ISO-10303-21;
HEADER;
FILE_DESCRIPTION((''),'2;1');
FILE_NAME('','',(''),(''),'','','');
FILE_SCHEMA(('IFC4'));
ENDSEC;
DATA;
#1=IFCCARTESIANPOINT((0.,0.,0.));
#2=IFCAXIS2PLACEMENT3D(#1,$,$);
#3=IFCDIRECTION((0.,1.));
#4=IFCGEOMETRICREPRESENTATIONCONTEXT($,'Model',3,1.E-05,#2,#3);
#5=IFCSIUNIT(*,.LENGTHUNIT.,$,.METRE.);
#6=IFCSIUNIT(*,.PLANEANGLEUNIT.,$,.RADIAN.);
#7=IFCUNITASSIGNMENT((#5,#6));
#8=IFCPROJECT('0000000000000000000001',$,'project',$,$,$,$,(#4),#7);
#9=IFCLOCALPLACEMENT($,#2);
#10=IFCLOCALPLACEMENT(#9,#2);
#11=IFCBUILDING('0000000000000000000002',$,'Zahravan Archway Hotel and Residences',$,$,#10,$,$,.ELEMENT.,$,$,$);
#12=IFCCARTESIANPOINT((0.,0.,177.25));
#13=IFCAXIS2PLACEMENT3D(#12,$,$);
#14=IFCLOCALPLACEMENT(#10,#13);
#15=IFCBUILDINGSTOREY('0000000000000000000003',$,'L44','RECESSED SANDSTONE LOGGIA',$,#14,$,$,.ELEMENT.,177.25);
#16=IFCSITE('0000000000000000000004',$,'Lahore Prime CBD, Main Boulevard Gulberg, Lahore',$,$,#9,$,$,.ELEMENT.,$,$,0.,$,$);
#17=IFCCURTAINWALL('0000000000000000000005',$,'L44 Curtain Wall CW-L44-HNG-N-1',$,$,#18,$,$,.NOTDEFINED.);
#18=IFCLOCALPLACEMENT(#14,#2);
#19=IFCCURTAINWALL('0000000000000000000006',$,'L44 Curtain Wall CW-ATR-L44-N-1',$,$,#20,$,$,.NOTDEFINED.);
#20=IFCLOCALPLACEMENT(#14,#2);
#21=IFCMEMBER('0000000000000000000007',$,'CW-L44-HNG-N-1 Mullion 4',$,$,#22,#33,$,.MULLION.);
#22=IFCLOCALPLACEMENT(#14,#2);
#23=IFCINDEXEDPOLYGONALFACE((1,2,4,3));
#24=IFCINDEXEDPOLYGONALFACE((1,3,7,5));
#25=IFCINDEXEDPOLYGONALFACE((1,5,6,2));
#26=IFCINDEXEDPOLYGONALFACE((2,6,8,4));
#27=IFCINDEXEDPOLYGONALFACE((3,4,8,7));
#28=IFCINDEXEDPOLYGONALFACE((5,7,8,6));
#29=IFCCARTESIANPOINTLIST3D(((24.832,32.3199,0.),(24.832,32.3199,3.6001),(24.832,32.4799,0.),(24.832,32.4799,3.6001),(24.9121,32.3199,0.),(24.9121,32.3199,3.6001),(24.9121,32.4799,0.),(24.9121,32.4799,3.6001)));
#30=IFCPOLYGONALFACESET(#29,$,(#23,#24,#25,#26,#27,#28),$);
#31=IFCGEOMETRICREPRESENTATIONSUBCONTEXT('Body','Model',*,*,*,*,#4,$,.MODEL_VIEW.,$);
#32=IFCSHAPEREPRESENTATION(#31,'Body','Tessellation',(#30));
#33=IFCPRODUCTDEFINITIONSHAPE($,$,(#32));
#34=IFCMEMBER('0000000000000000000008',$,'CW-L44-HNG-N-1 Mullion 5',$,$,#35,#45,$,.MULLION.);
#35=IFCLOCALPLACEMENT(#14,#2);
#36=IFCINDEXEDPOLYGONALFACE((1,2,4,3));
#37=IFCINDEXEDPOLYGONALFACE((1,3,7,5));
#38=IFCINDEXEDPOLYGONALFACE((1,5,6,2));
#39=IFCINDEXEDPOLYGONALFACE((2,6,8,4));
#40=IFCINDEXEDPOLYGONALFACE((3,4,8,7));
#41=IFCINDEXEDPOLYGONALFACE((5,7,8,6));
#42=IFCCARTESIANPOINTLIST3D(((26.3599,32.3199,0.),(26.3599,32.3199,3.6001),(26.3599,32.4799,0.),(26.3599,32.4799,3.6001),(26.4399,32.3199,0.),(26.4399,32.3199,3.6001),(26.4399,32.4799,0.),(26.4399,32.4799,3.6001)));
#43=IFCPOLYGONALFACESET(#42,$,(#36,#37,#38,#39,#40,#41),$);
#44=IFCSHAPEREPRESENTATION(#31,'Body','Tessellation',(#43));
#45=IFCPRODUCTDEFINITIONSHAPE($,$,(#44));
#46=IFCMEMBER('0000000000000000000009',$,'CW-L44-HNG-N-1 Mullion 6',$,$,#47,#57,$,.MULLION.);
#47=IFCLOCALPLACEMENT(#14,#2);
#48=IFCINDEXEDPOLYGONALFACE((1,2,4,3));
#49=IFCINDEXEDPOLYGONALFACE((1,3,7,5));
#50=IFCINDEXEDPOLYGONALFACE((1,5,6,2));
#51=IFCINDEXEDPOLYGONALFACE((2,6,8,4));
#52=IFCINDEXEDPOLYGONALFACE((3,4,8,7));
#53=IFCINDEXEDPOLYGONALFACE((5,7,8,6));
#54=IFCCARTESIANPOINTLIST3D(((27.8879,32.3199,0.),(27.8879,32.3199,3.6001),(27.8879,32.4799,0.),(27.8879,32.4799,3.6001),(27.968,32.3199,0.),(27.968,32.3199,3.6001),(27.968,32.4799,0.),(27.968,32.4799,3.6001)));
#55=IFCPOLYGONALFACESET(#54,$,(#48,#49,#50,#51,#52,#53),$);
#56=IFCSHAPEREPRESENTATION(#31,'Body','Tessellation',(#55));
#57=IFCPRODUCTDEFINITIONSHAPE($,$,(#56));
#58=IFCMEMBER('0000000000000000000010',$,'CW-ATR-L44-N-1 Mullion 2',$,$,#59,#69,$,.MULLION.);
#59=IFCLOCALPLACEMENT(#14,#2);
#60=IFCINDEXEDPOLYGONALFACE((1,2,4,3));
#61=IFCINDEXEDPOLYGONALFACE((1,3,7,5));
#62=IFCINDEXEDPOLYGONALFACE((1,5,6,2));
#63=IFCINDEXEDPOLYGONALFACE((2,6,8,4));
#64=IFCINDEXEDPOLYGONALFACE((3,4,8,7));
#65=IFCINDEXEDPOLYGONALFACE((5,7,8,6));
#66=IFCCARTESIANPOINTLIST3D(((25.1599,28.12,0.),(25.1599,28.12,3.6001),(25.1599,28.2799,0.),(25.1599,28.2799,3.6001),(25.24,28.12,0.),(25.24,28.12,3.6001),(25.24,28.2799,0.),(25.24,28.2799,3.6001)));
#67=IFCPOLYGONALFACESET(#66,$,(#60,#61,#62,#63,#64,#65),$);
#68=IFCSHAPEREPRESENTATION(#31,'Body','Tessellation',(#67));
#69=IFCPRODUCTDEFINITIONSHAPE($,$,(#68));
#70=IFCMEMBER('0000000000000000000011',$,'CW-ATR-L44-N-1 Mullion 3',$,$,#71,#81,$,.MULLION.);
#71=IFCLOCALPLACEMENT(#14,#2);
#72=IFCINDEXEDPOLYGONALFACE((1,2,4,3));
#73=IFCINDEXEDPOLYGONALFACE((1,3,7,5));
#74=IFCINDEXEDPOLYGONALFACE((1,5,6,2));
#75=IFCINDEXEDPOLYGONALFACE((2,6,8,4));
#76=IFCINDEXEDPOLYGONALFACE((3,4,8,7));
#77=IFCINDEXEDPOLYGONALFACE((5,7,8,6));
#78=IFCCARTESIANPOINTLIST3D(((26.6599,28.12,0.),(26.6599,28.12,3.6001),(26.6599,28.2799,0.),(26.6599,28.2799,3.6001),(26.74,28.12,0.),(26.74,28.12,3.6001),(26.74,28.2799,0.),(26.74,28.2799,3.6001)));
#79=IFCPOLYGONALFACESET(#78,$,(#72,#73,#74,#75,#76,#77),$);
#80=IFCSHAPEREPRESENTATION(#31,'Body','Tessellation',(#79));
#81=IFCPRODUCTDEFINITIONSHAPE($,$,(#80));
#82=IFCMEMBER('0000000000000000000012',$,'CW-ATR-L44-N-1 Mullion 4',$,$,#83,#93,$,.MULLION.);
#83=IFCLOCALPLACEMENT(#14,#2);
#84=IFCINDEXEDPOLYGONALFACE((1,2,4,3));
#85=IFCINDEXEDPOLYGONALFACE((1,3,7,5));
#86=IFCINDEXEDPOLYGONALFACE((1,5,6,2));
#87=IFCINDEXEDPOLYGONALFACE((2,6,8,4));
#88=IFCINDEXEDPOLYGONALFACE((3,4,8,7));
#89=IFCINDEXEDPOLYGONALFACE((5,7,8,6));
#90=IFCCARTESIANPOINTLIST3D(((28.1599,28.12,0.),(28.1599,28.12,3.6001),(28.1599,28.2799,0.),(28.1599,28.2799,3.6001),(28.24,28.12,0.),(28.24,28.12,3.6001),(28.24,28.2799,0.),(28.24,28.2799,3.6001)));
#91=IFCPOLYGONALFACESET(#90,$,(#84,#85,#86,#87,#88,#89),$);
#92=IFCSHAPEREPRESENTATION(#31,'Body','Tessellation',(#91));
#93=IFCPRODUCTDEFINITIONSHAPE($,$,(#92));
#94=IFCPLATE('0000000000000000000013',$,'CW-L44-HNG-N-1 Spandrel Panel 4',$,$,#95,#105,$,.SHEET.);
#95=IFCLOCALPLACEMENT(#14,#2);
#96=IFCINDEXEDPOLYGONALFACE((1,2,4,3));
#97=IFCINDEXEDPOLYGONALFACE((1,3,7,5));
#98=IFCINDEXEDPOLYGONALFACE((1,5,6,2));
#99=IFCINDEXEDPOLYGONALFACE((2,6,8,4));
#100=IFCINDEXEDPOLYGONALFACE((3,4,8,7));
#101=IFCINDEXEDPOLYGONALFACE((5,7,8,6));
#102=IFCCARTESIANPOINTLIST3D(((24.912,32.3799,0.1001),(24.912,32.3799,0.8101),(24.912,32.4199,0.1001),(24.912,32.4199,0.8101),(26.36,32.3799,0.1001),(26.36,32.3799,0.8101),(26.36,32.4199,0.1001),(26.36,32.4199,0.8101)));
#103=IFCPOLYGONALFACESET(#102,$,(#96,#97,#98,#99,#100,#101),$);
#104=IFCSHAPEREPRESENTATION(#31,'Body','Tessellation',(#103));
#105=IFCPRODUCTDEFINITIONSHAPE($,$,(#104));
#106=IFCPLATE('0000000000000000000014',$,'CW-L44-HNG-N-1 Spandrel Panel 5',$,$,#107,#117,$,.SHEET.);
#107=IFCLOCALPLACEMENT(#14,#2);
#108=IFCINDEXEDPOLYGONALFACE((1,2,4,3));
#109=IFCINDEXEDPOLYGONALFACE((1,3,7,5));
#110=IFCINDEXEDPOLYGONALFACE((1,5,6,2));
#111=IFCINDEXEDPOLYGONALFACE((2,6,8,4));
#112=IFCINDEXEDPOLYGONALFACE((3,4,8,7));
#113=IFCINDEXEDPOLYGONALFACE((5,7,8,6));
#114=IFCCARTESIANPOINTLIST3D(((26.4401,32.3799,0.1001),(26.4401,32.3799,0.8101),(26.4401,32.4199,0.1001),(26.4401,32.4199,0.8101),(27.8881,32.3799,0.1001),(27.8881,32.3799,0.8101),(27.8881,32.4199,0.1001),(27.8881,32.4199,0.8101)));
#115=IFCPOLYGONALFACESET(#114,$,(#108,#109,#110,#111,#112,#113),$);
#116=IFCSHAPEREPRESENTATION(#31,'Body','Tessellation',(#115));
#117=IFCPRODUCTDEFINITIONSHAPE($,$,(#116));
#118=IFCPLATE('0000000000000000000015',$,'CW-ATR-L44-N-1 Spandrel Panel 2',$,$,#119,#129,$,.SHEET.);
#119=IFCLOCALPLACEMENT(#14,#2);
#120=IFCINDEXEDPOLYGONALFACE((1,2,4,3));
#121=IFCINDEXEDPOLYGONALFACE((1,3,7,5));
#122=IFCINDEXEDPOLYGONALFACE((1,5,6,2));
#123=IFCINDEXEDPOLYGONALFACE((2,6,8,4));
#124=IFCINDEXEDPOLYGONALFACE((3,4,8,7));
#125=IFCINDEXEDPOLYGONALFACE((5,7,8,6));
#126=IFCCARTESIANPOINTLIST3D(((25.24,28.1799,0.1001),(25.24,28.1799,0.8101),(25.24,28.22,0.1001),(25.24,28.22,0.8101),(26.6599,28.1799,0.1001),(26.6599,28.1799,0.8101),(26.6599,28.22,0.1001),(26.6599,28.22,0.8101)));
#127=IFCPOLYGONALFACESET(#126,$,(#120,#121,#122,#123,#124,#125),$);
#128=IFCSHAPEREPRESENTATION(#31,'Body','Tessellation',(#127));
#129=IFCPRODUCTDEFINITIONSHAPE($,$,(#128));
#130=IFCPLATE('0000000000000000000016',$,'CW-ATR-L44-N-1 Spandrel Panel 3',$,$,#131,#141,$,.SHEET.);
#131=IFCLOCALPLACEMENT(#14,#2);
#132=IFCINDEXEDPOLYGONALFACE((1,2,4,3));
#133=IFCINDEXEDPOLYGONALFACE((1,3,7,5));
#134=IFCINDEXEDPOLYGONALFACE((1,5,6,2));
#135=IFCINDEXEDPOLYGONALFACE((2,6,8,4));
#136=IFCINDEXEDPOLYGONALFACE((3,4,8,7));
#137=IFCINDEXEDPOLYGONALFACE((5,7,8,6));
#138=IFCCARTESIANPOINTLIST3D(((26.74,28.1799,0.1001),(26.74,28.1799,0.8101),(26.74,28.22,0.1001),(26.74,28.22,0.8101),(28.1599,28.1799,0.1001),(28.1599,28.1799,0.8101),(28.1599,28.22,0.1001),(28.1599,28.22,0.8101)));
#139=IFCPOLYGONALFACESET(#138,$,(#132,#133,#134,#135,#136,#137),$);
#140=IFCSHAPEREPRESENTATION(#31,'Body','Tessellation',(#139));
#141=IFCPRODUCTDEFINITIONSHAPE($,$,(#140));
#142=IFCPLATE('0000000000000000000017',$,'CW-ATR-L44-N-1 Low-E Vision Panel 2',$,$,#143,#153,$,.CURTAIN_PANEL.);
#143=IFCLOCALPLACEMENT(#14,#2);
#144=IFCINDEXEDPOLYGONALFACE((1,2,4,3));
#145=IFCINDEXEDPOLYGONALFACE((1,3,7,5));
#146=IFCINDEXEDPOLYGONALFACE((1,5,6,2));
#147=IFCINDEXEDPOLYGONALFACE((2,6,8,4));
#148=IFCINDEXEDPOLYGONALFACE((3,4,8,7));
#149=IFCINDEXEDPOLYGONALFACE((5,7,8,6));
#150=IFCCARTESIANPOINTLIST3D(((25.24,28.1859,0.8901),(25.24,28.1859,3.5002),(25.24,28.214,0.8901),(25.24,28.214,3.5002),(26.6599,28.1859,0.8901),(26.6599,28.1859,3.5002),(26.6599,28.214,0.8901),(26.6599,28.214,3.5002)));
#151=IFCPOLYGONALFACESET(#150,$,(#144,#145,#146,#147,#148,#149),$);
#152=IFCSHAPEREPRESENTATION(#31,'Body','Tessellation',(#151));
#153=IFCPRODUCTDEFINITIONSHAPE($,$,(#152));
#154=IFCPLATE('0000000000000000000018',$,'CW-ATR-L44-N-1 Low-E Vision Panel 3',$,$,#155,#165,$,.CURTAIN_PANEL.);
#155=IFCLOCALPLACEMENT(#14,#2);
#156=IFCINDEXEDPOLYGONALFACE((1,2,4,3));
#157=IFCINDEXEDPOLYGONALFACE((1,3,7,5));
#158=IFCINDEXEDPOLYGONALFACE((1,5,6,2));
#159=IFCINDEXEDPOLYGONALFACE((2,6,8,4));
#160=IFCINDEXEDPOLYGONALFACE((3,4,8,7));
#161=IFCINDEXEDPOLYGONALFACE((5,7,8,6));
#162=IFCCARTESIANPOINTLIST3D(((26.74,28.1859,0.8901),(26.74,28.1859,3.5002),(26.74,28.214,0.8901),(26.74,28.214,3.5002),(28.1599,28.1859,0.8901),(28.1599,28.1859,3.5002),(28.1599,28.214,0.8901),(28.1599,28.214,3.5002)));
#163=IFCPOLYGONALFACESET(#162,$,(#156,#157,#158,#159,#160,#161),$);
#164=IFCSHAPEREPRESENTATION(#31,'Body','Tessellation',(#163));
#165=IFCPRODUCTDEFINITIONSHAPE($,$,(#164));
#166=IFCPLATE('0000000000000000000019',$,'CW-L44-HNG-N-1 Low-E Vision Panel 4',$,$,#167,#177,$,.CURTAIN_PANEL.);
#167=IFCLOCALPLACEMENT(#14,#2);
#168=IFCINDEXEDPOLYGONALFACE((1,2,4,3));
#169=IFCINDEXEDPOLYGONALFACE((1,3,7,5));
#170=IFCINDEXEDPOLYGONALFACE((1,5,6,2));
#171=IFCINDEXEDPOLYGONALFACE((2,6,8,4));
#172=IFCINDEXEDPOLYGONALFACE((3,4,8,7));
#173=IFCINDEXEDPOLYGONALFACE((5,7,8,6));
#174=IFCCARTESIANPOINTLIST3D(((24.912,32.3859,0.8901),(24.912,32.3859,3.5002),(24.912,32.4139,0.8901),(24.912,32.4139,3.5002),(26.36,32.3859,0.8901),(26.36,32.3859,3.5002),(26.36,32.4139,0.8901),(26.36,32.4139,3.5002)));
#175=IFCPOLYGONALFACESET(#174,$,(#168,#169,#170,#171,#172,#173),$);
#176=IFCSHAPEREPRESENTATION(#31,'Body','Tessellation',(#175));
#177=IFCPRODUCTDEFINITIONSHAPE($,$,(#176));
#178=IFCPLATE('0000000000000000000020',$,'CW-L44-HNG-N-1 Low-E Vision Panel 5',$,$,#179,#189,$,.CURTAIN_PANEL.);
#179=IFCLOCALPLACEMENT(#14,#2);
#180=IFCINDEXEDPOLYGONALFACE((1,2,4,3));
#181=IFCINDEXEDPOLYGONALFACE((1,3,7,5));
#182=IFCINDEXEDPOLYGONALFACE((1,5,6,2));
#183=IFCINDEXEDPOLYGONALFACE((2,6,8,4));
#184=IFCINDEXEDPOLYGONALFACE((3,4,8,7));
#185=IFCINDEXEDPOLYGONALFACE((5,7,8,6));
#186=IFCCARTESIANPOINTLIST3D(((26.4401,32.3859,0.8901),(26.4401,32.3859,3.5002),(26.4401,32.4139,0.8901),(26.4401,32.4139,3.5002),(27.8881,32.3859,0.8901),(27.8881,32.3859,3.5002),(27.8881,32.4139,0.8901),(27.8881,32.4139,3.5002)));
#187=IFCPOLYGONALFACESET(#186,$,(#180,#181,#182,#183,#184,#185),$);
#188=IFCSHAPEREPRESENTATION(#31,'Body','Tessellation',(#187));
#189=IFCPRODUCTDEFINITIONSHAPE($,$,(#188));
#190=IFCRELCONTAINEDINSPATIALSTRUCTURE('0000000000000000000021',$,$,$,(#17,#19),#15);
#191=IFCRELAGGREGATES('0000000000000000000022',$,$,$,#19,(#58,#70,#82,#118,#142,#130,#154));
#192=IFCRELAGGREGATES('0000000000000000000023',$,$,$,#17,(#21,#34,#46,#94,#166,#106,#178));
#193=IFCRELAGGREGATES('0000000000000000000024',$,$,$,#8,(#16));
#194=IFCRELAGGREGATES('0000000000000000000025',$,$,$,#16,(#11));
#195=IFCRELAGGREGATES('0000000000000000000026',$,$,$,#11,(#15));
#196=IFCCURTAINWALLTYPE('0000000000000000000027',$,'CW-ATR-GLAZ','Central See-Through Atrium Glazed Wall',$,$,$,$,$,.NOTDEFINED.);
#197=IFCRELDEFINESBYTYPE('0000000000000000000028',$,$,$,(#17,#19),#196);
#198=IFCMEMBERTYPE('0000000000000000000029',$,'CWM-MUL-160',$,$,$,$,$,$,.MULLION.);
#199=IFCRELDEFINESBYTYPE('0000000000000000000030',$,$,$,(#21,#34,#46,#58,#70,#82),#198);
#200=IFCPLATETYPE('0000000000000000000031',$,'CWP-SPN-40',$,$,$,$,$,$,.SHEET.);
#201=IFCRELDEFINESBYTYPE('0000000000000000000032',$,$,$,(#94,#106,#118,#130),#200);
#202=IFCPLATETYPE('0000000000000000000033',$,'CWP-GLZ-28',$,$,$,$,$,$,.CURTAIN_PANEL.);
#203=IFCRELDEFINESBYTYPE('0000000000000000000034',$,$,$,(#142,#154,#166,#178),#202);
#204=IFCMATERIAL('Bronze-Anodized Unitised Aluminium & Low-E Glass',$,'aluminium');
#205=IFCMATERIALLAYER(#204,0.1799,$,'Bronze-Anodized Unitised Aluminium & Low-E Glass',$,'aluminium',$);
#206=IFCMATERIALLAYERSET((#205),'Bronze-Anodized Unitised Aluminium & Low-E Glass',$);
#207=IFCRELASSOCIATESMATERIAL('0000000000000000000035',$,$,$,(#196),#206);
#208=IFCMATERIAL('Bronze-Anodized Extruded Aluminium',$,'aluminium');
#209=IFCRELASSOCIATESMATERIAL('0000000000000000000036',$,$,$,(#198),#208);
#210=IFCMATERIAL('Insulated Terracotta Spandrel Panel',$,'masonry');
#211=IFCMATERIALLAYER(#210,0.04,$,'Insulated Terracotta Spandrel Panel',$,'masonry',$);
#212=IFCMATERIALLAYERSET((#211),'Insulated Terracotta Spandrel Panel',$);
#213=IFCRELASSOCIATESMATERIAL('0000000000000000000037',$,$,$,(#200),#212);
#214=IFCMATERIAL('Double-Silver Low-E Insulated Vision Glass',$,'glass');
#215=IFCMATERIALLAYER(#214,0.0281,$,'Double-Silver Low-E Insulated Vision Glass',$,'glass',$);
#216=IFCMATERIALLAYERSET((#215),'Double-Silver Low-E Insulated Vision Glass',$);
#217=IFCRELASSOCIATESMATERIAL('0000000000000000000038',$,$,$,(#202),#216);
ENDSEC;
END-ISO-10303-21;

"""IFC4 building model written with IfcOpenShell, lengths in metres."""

from ifc_helpers import new_model, si_unit, direction, frame, origin, origin_2d, place, context, subcontext, project, spatial, rectangle, extrude, source, transform, mapped, material, layer, layer_set, material_profile, profile_set, type_object, element, aggregate, save


model = new_model("IFC4")

# Units and contexts
model_context = context("Model", 3, precision=1e-05, world=origin(), true_north=direction((0.0, 1.0)))
body_context = subcontext(model_context, "Body", "Model", "MODEL_VIEW")
ifc_project = project(units=[si_unit("LENGTHUNIT", "METRE"), si_unit("PLANEANGLEUNIT", "RADIAN")], contexts=[model_context])

# Site, building, storey
site_placement = place(None, origin())
site = spatial("IfcSite", under=ifc_project, at=site_placement, Name="Lahore Prime CBD, Main Boulevard Gulberg, Lahore", CompositionType="ELEMENT", RefElevation=0.0)
building_placement = place(site_placement, origin())
building = spatial("IfcBuilding", under=site, at=building_placement, Name="Zahravan Archway Hotel and Residences", CompositionType="ELEMENT")
storey_placement = place(building_placement, frame((0.0, 0.0, 177.25)))
storey = spatial("IfcBuildingStorey", under=building, at=storey_placement, Name="L44", Description="RECESSED SANDSTONE LOGGIA", CompositionType="ELEMENT", Elevation=177.25)

# Curtain walls
ifc_material_1 = material(Name="Bronze-Anodized Unitised Aluminium & Low-E Glass", Category="aluminium")
ifc_layer_1 = layer(ifc_material_1, 0.1799, Name="Bronze-Anodized Unitised Aluminium & Low-E Glass", Category="aluminium")
ifc_layer_set_1 = layer_set([ifc_layer_1], Name="Bronze-Anodized Unitised Aluminium & Low-E Glass")
curtain_wall_type = type_object("IfcCurtainWallType", Name="CW-ATR-GLAZ", Description="Central See-Through Atrium Glazed Wall", PredefinedType="NOTDEFINED", material=ifc_layer_set_1)
curtain_wall_1_placement = place(storey_placement, origin())
curtain_wall_1 = element("IfcCurtainWall", 1, at=curtain_wall_1_placement, inside=storey, type_object=curtain_wall_type, Name="L44 Curtain Wall CW-L44-HNG-N-1", PredefinedType="NOTDEFINED")
ifc_material_2 = material(Name="Bronze-Anodized Extruded Aluminium", Category="aluminium")
curtain_wall_2_placement = place(storey_placement, origin())
curtain_wall_2 = element("IfcCurtainWall", 2, at=curtain_wall_2_placement, inside=storey, type_object=curtain_wall_type, Name="L44 Curtain Wall CW-ATR-L44-N-1", PredefinedType="NOTDEFINED")

# Members
ifc_material_profile_1 = material_profile(ifc_material_2, rectangle(XDim=0.0801, YDim=0.1599, at=origin_2d()), Name="MUL 80x160", Category="aluminium")
ifc_profile_set_1 = profile_set([ifc_material_profile_1], Name="Bronze-Anodized Extruded Aluminium")
member_type_1 = type_object("IfcMemberType", Name="CWM-MUL-160", PredefinedType="MULLION", material=ifc_profile_set_1)
shared_shape_1 = source(origin(), body_context, "Body", "SweptSolid", [
    extrude(rectangle(XDim=0.0801, YDim=0.1599, at=origin_2d()), origin(), (0.0, 0.0, 1.0), 3.6001),
])
member_1_placement = place(storey_placement, frame((24.8721, 32.3999, 0.0), z_axis=(0.0, 0.0, 1.0), x_axis=(1.0, 0.0, 0.0)))
member_1 = element("IfcMember", 3, at=member_1_placement, type_object=member_type_1, Name="CW-L44-HNG-N-1 Mullion 4", PredefinedType="MULLION", context=body_context, shape_type="MappedRepresentation", body=[
    mapped(shared_shape_1, transform((0.0, 0.0, 0.0), scale=1.0)),
])
member_2_placement = place(storey_placement, frame((26.3999, 32.3999, 0.0), z_axis=(0.0, 0.0, 1.0), x_axis=(1.0, 0.0, 0.0)))
member_2 = element("IfcMember", 4, at=member_2_placement, type_object=member_type_1, Name="CW-L44-HNG-N-1 Mullion 5", PredefinedType="MULLION", context=body_context, shape_type="MappedRepresentation", body=[
    mapped(shared_shape_1, transform((0.0, 0.0, 0.0), scale=1.0)),
])
member_3_placement = place(storey_placement, frame((27.928, 32.3999, 0.0), z_axis=(0.0, 0.0, 1.0), x_axis=(1.0, 0.0, 0.0)))
member_3 = element("IfcMember", 5, at=member_3_placement, type_object=member_type_1, Name="CW-L44-HNG-N-1 Mullion 6", PredefinedType="MULLION", context=body_context, shape_type="MappedRepresentation", body=[
    mapped(shared_shape_1, transform((0.0, 0.0, 0.0), scale=1.0)),
])
member_4_placement = place(storey_placement, frame((25.2, 28.2, 0.0), z_axis=(0.0, 0.0, 1.0), x_axis=(1.0, 0.0, 0.0)))
member_4 = element("IfcMember", 6, at=member_4_placement, type_object=member_type_1, Name="CW-ATR-L44-N-1 Mullion 2", PredefinedType="MULLION", context=body_context, shape_type="MappedRepresentation", body=[
    mapped(shared_shape_1, transform((0.0, 0.0, 0.0), scale=1.0)),
])
member_5_placement = place(storey_placement, frame((26.7, 28.2, 0.0), z_axis=(0.0, 0.0, 1.0), x_axis=(1.0, 0.0, 0.0)))
member_5 = element("IfcMember", 7, at=member_5_placement, type_object=member_type_1, Name="CW-ATR-L44-N-1 Mullion 3", PredefinedType="MULLION", context=body_context, shape_type="MappedRepresentation", body=[
    mapped(shared_shape_1, transform((0.0, 0.0, 0.0), scale=1.0)),
])
member_6_placement = place(storey_placement, frame((28.2, 28.2, 0.0), z_axis=(0.0, 0.0, 1.0), x_axis=(1.0, 0.0, 0.0)))
member_6 = element("IfcMember", 8, at=member_6_placement, type_object=member_type_1, Name="CW-ATR-L44-N-1 Mullion 4", PredefinedType="MULLION", context=body_context, shape_type="MappedRepresentation", body=[
    mapped(shared_shape_1, transform((0.0, 0.0, 0.0), scale=1.0)),
])

# Plates
ifc_material_3 = material(Name="Insulated Terracotta Spandrel Panel", Category="masonry")
ifc_layer_2 = layer(ifc_material_3, 0.04, Name="Insulated Terracotta Spandrel Panel", Category="masonry")
ifc_layer_set_2 = layer_set([ifc_layer_2], Name="Insulated Terracotta Spandrel Panel")
plate_type_1 = type_object("IfcPlateType", Name="CWP-SPN-40", PredefinedType="SHEET", material=ifc_layer_set_2)
shared_shape_2 = source(origin(), body_context, "Body", "SweptSolid", [
    extrude(rectangle(XDim=1.448, YDim=0.04, at=origin_2d()), origin(), (0.0, 0.0, 1.0), 0.71),
])
plate_1_placement = place(storey_placement, frame((25.636, 32.3999, 0.1001), z_axis=(0.0, 0.0, 1.0), x_axis=(1.0, 0.0, 0.0)))
plate_1 = element("IfcPlate", 9, at=plate_1_placement, type_object=plate_type_1, Name="CW-L44-HNG-N-1 Spandrel Panel 4", PredefinedType="SHEET", context=body_context, shape_type="MappedRepresentation", body=[
    mapped(shared_shape_2, transform((0.0, 0.0, 0.0), scale=1.0)),
])
plate_2_placement = place(storey_placement, frame((27.1641, 32.3999, 0.1001), z_axis=(0.0, 0.0, 1.0), x_axis=(1.0, 0.0, 0.0)))
plate_2 = element("IfcPlate", 10, at=plate_2_placement, type_object=plate_type_1, Name="CW-L44-HNG-N-1 Spandrel Panel 5", PredefinedType="SHEET", context=body_context, shape_type="MappedRepresentation", body=[
    mapped(shared_shape_2, transform((0.0, 0.0, 0.0), scale=1.0)),
])
shared_shape_3 = source(origin(), body_context, "Body", "SweptSolid", [
    extrude(rectangle(XDim=1.4199, YDim=0.04, at=origin_2d()), origin(), (0.0, 0.0, 1.0), 0.71),
])
plate_3_placement = place(storey_placement, frame((25.95, 28.2, 0.1001), z_axis=(0.0, 0.0, 1.0), x_axis=(1.0, 0.0, 0.0)))
plate_3 = element("IfcPlate", 11, at=plate_3_placement, type_object=plate_type_1, Name="CW-ATR-L44-N-1 Spandrel Panel 2", PredefinedType="SHEET", context=body_context, shape_type="MappedRepresentation", body=[
    mapped(shared_shape_3, transform((0.0, 0.0, 0.0), scale=1.0)),
])
plate_4_placement = place(storey_placement, frame((27.45, 28.2, 0.1001), z_axis=(0.0, 0.0, 1.0), x_axis=(1.0, 0.0, 0.0)))
plate_4 = element("IfcPlate", 12, at=plate_4_placement, type_object=plate_type_1, Name="CW-ATR-L44-N-1 Spandrel Panel 3", PredefinedType="SHEET", context=body_context, shape_type="MappedRepresentation", body=[
    mapped(shared_shape_3, transform((0.0, 0.0, 0.0), scale=1.0)),
])
ifc_material_4 = material(Name="Double-Silver Low-E Insulated Vision Glass", Category="glass")
ifc_layer_3 = layer(ifc_material_4, 0.0281, Name="Double-Silver Low-E Insulated Vision Glass", Category="glass")
ifc_layer_set_3 = layer_set([ifc_layer_3], Name="Double-Silver Low-E Insulated Vision Glass")
plate_type_2 = type_object("IfcPlateType", Name="CWP-GLZ-28", PredefinedType="CURTAIN_PANEL", material=ifc_layer_set_3)
shared_shape_4 = source(origin(), body_context, "Body", "SweptSolid", [
    extrude(rectangle(XDim=1.4199, YDim=0.0281, at=origin_2d()), origin(), (0.0, 0.0, 1.0), 2.6101),
])
plate_5_placement = place(storey_placement, frame((25.95, 28.2, 0.8901), z_axis=(0.0, 0.0, 1.0), x_axis=(1.0, 0.0, 0.0)))
plate_5 = element("IfcPlate", 13, at=plate_5_placement, type_object=plate_type_2, Name="CW-ATR-L44-N-1 Low-E Vision Panel 2", PredefinedType="CURTAIN_PANEL", context=body_context, shape_type="MappedRepresentation", body=[
    mapped(shared_shape_4, transform((0.0, 0.0, 0.0), scale=1.0)),
])
plate_6_placement = place(storey_placement, frame((27.45, 28.2, 0.8901), z_axis=(0.0, 0.0, 1.0), x_axis=(1.0, 0.0, 0.0)))
plate_6 = element("IfcPlate", 14, at=plate_6_placement, type_object=plate_type_2, Name="CW-ATR-L44-N-1 Low-E Vision Panel 3", PredefinedType="CURTAIN_PANEL", context=body_context, shape_type="MappedRepresentation", body=[
    mapped(shared_shape_4, transform((0.0, 0.0, 0.0), scale=1.0)),
])
aggregate(curtain_wall_2, [member_4, member_5, member_6, plate_3, plate_5, plate_4, plate_6])
shared_shape_5 = source(origin(), body_context, "Body", "SweptSolid", [
    extrude(rectangle(XDim=1.448, YDim=0.0281, at=origin_2d()), origin(), (0.0, 0.0, 1.0), 2.6101),
])
plate_7_placement = place(storey_placement, frame((25.636, 32.3999, 0.8901), z_axis=(0.0, 0.0, 1.0), x_axis=(1.0, 0.0, 0.0)))
plate_7 = element("IfcPlate", 15, at=plate_7_placement, type_object=plate_type_2, Name="CW-L44-HNG-N-1 Low-E Vision Panel 4", PredefinedType="CURTAIN_PANEL", context=body_context, shape_type="MappedRepresentation", body=[
    mapped(shared_shape_5, transform((0.0, 0.0, 0.0), scale=1.0)),
])
plate_8_placement = place(storey_placement, frame((27.1641, 32.3999, 0.8901), z_axis=(0.0, 0.0, 1.0), x_axis=(1.0, 0.0, 0.0)))
plate_8 = element("IfcPlate", 16, at=plate_8_placement, type_object=plate_type_2, Name="CW-L44-HNG-N-1 Low-E Vision Panel 5", PredefinedType="CURTAIN_PANEL", context=body_context, shape_type="MappedRepresentation", body=[
    mapped(shared_shape_5, transform((0.0, 0.0, 0.0), scale=1.0)),
])
aggregate(curtain_wall_1, [member_1, member_2, member_3, plate_1, plate_7, plate_2, plate_8])

save(model, "model.ifc")
